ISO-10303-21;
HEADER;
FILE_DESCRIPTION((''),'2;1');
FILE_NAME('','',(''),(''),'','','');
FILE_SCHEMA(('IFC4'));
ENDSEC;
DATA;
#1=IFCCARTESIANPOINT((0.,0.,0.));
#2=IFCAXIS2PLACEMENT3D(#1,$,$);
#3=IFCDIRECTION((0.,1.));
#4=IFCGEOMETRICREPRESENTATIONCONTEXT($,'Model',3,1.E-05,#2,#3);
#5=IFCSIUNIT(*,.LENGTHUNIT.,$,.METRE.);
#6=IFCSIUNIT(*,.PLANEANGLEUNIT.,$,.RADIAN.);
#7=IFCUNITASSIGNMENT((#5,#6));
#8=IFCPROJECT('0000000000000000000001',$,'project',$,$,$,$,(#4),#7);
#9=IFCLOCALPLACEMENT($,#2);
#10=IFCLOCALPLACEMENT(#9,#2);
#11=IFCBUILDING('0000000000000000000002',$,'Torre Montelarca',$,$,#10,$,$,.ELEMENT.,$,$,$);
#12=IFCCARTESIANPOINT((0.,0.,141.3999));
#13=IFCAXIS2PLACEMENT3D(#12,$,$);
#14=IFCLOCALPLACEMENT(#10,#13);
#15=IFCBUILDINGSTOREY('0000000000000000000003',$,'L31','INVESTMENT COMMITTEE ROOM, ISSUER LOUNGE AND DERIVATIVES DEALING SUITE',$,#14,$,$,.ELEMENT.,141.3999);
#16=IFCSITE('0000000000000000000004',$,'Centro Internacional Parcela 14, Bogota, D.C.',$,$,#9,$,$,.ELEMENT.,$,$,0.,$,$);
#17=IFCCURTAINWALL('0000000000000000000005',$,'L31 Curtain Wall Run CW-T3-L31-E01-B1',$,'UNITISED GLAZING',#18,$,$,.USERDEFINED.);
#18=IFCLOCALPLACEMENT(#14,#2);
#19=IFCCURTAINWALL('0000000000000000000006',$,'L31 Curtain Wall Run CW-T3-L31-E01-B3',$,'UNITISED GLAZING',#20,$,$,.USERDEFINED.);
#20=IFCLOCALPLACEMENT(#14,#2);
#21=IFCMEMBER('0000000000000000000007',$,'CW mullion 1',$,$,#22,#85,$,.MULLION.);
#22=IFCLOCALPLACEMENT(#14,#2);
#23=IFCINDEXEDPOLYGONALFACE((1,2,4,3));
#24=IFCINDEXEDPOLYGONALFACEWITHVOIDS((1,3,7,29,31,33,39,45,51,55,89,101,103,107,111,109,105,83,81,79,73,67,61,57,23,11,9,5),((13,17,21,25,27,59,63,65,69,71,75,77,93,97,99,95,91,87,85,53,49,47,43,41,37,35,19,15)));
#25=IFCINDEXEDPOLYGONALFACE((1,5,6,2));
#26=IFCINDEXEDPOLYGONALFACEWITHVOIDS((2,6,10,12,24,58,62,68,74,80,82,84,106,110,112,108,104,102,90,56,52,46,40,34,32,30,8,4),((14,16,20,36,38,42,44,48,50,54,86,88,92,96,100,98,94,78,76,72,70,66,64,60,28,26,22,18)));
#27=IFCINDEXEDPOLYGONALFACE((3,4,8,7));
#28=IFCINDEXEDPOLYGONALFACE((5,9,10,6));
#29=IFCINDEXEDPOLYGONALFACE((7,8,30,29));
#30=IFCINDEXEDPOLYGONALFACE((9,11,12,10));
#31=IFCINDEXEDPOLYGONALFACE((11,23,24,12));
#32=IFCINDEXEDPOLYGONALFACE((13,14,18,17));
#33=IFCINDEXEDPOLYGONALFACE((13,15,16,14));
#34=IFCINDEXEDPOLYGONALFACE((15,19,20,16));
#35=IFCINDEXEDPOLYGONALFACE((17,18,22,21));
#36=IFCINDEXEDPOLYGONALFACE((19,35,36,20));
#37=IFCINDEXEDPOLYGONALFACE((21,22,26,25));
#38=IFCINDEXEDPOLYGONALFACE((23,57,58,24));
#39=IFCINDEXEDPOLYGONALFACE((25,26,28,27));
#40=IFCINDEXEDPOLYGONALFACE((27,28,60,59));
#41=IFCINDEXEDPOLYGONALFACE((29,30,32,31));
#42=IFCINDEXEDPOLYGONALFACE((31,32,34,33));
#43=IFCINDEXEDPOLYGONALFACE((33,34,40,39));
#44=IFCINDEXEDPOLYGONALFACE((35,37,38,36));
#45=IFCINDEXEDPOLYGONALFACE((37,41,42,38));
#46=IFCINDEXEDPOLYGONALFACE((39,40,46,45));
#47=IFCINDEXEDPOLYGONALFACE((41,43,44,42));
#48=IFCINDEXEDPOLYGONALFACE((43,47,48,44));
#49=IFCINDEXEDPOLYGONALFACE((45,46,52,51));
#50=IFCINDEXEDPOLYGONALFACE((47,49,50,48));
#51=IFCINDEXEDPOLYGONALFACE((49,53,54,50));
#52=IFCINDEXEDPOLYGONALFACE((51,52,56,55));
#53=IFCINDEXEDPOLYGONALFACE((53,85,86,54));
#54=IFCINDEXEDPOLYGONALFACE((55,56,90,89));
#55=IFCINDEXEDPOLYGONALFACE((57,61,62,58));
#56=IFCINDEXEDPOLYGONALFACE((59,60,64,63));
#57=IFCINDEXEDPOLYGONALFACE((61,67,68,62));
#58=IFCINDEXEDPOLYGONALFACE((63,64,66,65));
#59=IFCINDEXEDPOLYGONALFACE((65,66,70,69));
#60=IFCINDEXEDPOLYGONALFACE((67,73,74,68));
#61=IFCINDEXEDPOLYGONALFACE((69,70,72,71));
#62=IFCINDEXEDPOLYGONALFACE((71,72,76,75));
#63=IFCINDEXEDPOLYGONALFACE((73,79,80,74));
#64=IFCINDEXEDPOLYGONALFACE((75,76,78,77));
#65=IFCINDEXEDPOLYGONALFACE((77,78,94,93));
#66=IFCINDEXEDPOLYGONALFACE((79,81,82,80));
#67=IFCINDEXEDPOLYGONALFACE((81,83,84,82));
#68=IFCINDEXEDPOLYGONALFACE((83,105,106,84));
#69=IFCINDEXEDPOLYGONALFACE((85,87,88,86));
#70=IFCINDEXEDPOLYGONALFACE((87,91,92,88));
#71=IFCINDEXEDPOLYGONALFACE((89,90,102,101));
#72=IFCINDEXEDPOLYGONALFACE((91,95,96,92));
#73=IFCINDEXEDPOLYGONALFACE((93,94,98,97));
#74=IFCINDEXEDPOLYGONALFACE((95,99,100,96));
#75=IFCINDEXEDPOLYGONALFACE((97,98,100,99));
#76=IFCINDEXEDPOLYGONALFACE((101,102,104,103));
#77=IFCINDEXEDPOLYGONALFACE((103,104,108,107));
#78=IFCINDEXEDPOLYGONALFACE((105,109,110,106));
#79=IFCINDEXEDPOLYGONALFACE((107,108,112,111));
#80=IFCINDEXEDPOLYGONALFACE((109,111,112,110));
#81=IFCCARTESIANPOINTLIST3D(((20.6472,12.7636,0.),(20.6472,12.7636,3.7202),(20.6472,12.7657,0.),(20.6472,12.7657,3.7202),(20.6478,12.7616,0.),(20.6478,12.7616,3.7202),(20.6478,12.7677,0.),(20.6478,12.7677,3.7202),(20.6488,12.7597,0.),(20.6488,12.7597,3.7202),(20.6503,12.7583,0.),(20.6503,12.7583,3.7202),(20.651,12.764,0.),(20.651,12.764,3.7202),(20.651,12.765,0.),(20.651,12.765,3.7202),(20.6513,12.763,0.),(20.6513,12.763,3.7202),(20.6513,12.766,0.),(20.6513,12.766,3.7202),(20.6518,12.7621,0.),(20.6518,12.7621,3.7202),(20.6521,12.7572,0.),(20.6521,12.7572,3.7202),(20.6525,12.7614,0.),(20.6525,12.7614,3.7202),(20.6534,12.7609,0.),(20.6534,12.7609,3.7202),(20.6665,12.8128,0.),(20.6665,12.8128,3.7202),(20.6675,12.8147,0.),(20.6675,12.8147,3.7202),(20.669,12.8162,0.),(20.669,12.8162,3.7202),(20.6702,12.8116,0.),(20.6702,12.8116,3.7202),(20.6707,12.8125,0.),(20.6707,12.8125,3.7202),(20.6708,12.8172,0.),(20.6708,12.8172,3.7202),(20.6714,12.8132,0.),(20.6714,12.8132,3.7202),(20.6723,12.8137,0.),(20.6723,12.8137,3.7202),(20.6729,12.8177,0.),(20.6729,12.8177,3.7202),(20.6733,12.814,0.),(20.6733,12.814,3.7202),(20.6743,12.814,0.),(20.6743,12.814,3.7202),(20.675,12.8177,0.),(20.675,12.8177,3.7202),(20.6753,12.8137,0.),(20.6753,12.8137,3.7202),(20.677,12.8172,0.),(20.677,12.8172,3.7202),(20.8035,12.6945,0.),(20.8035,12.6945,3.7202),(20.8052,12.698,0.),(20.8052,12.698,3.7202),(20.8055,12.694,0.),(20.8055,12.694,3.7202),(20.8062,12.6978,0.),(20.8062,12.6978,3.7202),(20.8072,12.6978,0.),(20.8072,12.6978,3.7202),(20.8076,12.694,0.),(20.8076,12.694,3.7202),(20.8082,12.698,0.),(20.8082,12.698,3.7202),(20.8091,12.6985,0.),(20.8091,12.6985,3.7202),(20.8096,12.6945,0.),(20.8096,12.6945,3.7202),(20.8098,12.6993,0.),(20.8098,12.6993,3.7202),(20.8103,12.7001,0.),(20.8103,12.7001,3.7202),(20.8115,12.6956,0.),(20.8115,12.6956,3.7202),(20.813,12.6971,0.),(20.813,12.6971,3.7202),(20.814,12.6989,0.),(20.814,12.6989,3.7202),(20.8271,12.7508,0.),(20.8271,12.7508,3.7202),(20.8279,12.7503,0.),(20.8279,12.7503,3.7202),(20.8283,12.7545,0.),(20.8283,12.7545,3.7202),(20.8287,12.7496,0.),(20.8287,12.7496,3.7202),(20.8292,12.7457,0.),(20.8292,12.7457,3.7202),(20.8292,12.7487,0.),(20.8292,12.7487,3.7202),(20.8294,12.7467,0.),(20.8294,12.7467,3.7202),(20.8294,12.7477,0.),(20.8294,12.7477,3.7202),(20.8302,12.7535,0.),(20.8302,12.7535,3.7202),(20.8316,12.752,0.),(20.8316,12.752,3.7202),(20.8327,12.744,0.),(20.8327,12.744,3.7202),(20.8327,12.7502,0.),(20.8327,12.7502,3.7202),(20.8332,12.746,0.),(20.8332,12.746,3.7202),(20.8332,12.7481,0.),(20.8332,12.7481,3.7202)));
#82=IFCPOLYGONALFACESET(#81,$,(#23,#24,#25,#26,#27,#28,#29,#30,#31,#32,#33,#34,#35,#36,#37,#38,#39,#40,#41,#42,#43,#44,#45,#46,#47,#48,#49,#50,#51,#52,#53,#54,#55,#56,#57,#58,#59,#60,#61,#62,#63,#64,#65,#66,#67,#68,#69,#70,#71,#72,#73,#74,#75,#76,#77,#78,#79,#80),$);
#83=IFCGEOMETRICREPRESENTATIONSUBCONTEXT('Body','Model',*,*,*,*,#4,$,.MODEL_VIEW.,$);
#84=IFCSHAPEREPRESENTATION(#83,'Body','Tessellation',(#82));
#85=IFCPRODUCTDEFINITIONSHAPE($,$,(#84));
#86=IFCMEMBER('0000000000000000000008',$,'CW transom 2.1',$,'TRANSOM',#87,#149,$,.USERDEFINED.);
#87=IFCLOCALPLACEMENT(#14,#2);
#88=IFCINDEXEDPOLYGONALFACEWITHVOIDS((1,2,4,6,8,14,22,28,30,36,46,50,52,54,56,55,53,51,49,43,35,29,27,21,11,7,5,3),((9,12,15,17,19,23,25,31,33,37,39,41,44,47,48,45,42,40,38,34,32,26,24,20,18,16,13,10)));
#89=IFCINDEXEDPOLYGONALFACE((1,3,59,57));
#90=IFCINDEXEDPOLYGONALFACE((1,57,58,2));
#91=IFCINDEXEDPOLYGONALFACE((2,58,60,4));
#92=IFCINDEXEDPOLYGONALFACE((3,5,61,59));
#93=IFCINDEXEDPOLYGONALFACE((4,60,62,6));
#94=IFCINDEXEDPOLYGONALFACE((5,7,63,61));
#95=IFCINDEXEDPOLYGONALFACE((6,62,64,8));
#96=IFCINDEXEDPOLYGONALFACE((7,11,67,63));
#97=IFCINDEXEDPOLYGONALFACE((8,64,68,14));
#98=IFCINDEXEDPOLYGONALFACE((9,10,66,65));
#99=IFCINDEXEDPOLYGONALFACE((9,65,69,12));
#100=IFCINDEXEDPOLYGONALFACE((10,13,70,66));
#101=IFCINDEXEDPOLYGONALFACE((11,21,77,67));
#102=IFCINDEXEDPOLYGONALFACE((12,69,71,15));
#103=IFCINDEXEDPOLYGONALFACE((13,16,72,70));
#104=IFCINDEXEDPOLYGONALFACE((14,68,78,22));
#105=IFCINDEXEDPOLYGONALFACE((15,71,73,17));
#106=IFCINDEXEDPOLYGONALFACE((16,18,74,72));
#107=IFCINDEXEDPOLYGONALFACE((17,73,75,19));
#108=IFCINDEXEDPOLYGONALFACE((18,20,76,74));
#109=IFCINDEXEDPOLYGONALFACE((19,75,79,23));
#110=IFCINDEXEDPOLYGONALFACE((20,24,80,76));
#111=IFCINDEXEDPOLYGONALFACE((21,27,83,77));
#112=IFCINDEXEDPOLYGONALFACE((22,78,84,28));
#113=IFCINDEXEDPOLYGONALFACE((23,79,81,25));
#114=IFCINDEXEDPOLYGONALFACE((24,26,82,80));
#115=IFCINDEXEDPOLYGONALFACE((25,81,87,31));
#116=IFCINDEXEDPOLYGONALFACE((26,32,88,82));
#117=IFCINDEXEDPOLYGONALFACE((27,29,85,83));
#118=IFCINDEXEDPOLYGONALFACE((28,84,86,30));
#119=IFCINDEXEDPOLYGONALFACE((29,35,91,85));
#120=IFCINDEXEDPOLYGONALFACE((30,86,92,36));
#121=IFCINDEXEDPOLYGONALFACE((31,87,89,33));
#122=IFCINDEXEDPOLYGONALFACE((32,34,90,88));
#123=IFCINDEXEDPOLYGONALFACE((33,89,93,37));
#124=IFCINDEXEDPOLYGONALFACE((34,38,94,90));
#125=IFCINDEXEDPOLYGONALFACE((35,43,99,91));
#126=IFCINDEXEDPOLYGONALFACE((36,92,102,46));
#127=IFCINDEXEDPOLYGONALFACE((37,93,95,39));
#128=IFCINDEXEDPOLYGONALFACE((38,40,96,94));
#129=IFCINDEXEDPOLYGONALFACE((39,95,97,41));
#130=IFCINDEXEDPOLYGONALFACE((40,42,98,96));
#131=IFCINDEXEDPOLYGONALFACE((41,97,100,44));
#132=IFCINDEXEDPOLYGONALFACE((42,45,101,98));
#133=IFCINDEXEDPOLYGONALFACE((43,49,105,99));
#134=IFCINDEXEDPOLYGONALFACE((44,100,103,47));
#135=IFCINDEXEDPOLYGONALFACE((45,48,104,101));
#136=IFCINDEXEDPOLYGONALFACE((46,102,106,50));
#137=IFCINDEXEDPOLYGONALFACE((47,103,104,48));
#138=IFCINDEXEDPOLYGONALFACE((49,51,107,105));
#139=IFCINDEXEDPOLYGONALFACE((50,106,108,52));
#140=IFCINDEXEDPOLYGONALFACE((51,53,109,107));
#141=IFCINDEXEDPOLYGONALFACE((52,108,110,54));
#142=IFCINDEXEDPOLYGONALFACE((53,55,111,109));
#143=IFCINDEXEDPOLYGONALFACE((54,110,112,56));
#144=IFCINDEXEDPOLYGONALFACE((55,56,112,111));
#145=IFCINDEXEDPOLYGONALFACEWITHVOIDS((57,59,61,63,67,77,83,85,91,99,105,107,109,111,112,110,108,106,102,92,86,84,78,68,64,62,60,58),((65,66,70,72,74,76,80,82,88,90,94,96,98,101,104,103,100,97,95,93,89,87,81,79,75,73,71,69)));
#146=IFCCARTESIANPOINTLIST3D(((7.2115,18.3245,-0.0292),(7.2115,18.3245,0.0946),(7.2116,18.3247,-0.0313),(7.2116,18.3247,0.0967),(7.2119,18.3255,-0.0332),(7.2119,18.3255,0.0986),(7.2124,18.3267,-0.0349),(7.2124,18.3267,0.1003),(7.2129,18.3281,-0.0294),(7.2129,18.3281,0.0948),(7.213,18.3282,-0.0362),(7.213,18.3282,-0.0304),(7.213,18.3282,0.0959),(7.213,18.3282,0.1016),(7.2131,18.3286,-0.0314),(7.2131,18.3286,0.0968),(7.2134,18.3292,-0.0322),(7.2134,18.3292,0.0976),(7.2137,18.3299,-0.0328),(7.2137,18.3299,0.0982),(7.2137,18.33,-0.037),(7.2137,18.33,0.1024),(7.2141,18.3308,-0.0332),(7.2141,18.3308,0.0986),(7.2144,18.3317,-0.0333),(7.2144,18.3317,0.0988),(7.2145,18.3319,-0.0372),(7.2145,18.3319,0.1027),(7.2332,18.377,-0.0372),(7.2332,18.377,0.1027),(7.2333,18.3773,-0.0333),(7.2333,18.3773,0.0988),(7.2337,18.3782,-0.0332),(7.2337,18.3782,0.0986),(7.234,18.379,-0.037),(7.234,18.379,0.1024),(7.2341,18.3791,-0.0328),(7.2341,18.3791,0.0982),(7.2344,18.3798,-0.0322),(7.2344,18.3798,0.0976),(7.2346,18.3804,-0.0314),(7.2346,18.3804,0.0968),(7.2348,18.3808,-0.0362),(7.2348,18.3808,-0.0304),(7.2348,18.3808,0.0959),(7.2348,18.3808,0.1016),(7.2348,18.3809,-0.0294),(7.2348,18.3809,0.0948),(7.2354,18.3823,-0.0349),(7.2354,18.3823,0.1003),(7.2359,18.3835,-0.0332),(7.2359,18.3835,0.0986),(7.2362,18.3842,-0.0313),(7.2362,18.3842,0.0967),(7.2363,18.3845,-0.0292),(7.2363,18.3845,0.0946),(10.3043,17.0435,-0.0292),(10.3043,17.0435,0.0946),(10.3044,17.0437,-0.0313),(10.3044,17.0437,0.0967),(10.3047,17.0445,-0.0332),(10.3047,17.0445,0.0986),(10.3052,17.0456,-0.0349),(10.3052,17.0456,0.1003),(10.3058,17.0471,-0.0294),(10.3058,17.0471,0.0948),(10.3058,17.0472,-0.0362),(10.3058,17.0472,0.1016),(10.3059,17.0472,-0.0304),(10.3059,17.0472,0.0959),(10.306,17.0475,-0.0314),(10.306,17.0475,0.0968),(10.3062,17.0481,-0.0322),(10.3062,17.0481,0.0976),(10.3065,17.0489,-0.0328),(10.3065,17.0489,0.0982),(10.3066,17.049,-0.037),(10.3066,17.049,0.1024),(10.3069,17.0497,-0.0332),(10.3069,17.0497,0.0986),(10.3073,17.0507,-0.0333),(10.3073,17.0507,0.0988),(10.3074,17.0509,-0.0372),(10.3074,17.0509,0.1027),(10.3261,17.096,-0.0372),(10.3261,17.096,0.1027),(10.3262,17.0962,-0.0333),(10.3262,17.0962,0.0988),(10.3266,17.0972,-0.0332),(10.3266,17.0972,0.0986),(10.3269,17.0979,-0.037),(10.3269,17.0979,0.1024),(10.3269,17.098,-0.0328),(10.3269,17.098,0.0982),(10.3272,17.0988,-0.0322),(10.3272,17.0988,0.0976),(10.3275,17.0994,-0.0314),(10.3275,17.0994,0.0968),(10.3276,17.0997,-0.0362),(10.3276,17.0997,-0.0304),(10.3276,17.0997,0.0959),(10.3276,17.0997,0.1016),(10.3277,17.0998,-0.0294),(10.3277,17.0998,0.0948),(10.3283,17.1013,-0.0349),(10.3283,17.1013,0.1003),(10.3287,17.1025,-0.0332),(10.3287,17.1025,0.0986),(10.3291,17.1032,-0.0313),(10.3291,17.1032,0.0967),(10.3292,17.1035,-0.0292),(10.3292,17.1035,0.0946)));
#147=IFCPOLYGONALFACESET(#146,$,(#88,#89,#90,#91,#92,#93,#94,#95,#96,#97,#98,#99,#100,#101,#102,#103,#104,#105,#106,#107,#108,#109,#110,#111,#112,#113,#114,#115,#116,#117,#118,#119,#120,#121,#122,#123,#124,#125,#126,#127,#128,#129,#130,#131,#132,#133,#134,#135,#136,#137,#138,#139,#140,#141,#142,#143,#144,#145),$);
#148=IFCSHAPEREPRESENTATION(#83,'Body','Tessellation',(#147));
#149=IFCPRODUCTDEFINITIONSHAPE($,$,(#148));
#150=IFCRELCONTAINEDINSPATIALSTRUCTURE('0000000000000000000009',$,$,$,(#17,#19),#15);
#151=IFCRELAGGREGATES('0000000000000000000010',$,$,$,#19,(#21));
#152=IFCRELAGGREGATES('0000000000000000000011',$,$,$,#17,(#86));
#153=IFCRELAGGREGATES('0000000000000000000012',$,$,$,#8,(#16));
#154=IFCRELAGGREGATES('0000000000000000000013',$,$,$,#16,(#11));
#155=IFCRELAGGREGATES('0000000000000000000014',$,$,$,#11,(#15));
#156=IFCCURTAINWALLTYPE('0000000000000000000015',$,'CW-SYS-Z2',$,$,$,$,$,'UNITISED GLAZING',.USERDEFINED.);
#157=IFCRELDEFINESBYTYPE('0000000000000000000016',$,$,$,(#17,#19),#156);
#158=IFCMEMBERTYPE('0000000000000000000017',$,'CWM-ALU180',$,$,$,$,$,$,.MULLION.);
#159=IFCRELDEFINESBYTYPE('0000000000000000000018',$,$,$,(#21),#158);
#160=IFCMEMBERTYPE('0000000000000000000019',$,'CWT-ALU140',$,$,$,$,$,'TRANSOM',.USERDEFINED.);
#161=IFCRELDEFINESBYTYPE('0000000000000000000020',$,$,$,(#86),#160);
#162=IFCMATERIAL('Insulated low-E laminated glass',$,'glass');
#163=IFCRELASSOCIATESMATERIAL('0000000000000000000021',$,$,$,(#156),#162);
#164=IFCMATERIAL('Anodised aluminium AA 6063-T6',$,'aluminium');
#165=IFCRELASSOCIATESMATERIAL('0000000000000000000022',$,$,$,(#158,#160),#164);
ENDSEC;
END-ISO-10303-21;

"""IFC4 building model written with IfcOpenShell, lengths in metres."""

from ifc_helpers import new_model, si_unit, direction, frame, origin, origin_2d, place, context, subcontext, project, spatial, hollow_rectangle, extrude, source, transform, mapped, material, material_profile, profile_set, type_object, element, aggregate, save


model = new_model("IFC4")

# Units and contexts
model_context = context("Model", 3, precision=1e-05, world=origin(), true_north=direction((0.0, 1.0)))
body_context = subcontext(model_context, "Body", "Model", "MODEL_VIEW")
ifc_project = project(units=[si_unit("LENGTHUNIT", "METRE"), si_unit("PLANEANGLEUNIT", "RADIAN")], contexts=[model_context])

# Site, building, storey
site_placement = place(None, origin())
site = spatial("IfcSite", under=ifc_project, at=site_placement, Name="Centro Internacional Parcela 14, Bogota, D.C.", CompositionType="ELEMENT", RefElevation=0.0)
building_placement = place(site_placement, origin())
building = spatial("IfcBuilding", under=site, at=building_placement, Name="Torre Montelarca", CompositionType="ELEMENT")
storey_placement = place(building_placement, frame((0.0, 0.0, 141.3999)))
storey = spatial("IfcBuildingStorey", under=building, at=storey_placement, Name="L31", Description="INVESTMENT COMMITTEE ROOM, ISSUER LOUNGE AND DERIVATIVES DEALING SUITE", CompositionType="ELEMENT", Elevation=141.3999)

# Curtain wall
ifc_material_1 = material(Name="Insulated low-E laminated glass", Category="glass")
curtain_wall_type = type_object("IfcCurtainWallType", Name="CW-SYS-Z2", ElementType="UNITISED GLAZING", PredefinedType="USERDEFINED", material=ifc_material_1)
curtain_wall_1_placement = place(storey_placement, origin())
curtain_wall_1 = element("IfcCurtainWall", 1, at=curtain_wall_1_placement, inside=storey, type_object=curtain_wall_type, Name="L31 Curtain Wall Run CW-T3-L31-E01-B1", ObjectType="UNITISED GLAZING", PredefinedType="USERDEFINED")
ifc_material_2 = material(Name="Anodised aluminium AA 6063-T6", Category="aluminium")
ifc_material_profile_1 = material_profile(ifc_material_2, hollow_rectangle(XDim=0.0649, YDim=0.1799, WallThickness=0.0039, InnerFilletRadius=0.0039, OuterFilletRadius=0.0081, at=origin_2d()), Name="ALU65X180X4", Category="aluminium")
ifc_profile_set_1 = profile_set([ifc_material_profile_1], Name="Anodised aluminium AA 6063-T6")
member_type_1 = type_object("IfcMemberType", Name="CWM-ALU180", PredefinedType="MULLION", material=ifc_profile_set_1)
shared_shape_1 = source(origin(), body_context, "Body", "SweptSolid", [
    extrude(hollow_rectangle(XDim=0.0649, YDim=0.1799, WallThickness=0.0039, InnerFilletRadius=0.0039, OuterFilletRadius=0.0081, at=origin_2d()), origin(), (0.0, 0.0, 1.0), 3.7202),
])

# Curtain wall, member
curtain_wall_2_placement = place(storey_placement, origin())
curtain_wall_2 = element("IfcCurtainWall", 2, at=curtain_wall_2_placement, inside=storey, type_object=curtain_wall_type, Name="L31 Curtain Wall Run CW-T3-L31-E01-B3", ObjectType="UNITISED GLAZING", PredefinedType="USERDEFINED")
member_1_placement = place(storey_placement, frame((20.7402, 12.7559, 0.0), z_axis=(0.0, 0.0, 1.0), x_axis=(0.382668, 0.923886, 0.0)))
member_1 = element("IfcMember", 3, at=member_1_placement, type_object=member_type_1, Name="CW mullion 1", PredefinedType="MULLION", context=body_context, shape_type="MappedRepresentation", body=[
    mapped(shared_shape_1, transform((0.0, 0.0, 0.0), scale=1.0)),
])

# Member
ifc_material_profile_2 = material_profile(ifc_material_2, hollow_rectangle(XDim=0.0649, YDim=0.1399, WallThickness=0.0039, InnerFilletRadius=0.0039, OuterFilletRadius=0.0081, at=origin_2d()), Name="ALU65X140X4", Category="aluminium")
ifc_profile_set_2 = profile_set([ifc_material_profile_2], Name="Anodised aluminium AA 6063-T6")
member_type_2 = type_object("IfcMemberType", Name="CWT-ALU140", ElementType="TRANSOM", PredefinedType="USERDEFINED", material=ifc_profile_set_2)
shared_shape_2 = source(origin(), body_context, "Body", "SweptSolid", [
    extrude(hollow_rectangle(XDim=0.0649, YDim=0.1399, WallThickness=0.0039, InnerFilletRadius=0.0039, OuterFilletRadius=0.0081, at=origin_2d()), origin(), (0.0, 0.0, 1.0), 3.3477),
])
member_2_placement = place(storey_placement, frame((7.2239, 18.3545, 0.0327), z_axis=(0.923886, -0.382667, 0.0), x_axis=(0.382667, 0.923886, 0.0)))
member_2 = element("IfcMember", 4, at=member_2_placement, type_object=member_type_2, Name="CW transom 2.1", ObjectType="TRANSOM", PredefinedType="USERDEFINED", context=body_context, shape_type="MappedRepresentation", body=[
    mapped(shared_shape_2, transform((0.0, 0.0, 0.0), scale=1.0)),
])
aggregate(curtain_wall_2, [member_1])

aggregate(curtain_wall_1, [member_2])

save(model, "model.ifc")
